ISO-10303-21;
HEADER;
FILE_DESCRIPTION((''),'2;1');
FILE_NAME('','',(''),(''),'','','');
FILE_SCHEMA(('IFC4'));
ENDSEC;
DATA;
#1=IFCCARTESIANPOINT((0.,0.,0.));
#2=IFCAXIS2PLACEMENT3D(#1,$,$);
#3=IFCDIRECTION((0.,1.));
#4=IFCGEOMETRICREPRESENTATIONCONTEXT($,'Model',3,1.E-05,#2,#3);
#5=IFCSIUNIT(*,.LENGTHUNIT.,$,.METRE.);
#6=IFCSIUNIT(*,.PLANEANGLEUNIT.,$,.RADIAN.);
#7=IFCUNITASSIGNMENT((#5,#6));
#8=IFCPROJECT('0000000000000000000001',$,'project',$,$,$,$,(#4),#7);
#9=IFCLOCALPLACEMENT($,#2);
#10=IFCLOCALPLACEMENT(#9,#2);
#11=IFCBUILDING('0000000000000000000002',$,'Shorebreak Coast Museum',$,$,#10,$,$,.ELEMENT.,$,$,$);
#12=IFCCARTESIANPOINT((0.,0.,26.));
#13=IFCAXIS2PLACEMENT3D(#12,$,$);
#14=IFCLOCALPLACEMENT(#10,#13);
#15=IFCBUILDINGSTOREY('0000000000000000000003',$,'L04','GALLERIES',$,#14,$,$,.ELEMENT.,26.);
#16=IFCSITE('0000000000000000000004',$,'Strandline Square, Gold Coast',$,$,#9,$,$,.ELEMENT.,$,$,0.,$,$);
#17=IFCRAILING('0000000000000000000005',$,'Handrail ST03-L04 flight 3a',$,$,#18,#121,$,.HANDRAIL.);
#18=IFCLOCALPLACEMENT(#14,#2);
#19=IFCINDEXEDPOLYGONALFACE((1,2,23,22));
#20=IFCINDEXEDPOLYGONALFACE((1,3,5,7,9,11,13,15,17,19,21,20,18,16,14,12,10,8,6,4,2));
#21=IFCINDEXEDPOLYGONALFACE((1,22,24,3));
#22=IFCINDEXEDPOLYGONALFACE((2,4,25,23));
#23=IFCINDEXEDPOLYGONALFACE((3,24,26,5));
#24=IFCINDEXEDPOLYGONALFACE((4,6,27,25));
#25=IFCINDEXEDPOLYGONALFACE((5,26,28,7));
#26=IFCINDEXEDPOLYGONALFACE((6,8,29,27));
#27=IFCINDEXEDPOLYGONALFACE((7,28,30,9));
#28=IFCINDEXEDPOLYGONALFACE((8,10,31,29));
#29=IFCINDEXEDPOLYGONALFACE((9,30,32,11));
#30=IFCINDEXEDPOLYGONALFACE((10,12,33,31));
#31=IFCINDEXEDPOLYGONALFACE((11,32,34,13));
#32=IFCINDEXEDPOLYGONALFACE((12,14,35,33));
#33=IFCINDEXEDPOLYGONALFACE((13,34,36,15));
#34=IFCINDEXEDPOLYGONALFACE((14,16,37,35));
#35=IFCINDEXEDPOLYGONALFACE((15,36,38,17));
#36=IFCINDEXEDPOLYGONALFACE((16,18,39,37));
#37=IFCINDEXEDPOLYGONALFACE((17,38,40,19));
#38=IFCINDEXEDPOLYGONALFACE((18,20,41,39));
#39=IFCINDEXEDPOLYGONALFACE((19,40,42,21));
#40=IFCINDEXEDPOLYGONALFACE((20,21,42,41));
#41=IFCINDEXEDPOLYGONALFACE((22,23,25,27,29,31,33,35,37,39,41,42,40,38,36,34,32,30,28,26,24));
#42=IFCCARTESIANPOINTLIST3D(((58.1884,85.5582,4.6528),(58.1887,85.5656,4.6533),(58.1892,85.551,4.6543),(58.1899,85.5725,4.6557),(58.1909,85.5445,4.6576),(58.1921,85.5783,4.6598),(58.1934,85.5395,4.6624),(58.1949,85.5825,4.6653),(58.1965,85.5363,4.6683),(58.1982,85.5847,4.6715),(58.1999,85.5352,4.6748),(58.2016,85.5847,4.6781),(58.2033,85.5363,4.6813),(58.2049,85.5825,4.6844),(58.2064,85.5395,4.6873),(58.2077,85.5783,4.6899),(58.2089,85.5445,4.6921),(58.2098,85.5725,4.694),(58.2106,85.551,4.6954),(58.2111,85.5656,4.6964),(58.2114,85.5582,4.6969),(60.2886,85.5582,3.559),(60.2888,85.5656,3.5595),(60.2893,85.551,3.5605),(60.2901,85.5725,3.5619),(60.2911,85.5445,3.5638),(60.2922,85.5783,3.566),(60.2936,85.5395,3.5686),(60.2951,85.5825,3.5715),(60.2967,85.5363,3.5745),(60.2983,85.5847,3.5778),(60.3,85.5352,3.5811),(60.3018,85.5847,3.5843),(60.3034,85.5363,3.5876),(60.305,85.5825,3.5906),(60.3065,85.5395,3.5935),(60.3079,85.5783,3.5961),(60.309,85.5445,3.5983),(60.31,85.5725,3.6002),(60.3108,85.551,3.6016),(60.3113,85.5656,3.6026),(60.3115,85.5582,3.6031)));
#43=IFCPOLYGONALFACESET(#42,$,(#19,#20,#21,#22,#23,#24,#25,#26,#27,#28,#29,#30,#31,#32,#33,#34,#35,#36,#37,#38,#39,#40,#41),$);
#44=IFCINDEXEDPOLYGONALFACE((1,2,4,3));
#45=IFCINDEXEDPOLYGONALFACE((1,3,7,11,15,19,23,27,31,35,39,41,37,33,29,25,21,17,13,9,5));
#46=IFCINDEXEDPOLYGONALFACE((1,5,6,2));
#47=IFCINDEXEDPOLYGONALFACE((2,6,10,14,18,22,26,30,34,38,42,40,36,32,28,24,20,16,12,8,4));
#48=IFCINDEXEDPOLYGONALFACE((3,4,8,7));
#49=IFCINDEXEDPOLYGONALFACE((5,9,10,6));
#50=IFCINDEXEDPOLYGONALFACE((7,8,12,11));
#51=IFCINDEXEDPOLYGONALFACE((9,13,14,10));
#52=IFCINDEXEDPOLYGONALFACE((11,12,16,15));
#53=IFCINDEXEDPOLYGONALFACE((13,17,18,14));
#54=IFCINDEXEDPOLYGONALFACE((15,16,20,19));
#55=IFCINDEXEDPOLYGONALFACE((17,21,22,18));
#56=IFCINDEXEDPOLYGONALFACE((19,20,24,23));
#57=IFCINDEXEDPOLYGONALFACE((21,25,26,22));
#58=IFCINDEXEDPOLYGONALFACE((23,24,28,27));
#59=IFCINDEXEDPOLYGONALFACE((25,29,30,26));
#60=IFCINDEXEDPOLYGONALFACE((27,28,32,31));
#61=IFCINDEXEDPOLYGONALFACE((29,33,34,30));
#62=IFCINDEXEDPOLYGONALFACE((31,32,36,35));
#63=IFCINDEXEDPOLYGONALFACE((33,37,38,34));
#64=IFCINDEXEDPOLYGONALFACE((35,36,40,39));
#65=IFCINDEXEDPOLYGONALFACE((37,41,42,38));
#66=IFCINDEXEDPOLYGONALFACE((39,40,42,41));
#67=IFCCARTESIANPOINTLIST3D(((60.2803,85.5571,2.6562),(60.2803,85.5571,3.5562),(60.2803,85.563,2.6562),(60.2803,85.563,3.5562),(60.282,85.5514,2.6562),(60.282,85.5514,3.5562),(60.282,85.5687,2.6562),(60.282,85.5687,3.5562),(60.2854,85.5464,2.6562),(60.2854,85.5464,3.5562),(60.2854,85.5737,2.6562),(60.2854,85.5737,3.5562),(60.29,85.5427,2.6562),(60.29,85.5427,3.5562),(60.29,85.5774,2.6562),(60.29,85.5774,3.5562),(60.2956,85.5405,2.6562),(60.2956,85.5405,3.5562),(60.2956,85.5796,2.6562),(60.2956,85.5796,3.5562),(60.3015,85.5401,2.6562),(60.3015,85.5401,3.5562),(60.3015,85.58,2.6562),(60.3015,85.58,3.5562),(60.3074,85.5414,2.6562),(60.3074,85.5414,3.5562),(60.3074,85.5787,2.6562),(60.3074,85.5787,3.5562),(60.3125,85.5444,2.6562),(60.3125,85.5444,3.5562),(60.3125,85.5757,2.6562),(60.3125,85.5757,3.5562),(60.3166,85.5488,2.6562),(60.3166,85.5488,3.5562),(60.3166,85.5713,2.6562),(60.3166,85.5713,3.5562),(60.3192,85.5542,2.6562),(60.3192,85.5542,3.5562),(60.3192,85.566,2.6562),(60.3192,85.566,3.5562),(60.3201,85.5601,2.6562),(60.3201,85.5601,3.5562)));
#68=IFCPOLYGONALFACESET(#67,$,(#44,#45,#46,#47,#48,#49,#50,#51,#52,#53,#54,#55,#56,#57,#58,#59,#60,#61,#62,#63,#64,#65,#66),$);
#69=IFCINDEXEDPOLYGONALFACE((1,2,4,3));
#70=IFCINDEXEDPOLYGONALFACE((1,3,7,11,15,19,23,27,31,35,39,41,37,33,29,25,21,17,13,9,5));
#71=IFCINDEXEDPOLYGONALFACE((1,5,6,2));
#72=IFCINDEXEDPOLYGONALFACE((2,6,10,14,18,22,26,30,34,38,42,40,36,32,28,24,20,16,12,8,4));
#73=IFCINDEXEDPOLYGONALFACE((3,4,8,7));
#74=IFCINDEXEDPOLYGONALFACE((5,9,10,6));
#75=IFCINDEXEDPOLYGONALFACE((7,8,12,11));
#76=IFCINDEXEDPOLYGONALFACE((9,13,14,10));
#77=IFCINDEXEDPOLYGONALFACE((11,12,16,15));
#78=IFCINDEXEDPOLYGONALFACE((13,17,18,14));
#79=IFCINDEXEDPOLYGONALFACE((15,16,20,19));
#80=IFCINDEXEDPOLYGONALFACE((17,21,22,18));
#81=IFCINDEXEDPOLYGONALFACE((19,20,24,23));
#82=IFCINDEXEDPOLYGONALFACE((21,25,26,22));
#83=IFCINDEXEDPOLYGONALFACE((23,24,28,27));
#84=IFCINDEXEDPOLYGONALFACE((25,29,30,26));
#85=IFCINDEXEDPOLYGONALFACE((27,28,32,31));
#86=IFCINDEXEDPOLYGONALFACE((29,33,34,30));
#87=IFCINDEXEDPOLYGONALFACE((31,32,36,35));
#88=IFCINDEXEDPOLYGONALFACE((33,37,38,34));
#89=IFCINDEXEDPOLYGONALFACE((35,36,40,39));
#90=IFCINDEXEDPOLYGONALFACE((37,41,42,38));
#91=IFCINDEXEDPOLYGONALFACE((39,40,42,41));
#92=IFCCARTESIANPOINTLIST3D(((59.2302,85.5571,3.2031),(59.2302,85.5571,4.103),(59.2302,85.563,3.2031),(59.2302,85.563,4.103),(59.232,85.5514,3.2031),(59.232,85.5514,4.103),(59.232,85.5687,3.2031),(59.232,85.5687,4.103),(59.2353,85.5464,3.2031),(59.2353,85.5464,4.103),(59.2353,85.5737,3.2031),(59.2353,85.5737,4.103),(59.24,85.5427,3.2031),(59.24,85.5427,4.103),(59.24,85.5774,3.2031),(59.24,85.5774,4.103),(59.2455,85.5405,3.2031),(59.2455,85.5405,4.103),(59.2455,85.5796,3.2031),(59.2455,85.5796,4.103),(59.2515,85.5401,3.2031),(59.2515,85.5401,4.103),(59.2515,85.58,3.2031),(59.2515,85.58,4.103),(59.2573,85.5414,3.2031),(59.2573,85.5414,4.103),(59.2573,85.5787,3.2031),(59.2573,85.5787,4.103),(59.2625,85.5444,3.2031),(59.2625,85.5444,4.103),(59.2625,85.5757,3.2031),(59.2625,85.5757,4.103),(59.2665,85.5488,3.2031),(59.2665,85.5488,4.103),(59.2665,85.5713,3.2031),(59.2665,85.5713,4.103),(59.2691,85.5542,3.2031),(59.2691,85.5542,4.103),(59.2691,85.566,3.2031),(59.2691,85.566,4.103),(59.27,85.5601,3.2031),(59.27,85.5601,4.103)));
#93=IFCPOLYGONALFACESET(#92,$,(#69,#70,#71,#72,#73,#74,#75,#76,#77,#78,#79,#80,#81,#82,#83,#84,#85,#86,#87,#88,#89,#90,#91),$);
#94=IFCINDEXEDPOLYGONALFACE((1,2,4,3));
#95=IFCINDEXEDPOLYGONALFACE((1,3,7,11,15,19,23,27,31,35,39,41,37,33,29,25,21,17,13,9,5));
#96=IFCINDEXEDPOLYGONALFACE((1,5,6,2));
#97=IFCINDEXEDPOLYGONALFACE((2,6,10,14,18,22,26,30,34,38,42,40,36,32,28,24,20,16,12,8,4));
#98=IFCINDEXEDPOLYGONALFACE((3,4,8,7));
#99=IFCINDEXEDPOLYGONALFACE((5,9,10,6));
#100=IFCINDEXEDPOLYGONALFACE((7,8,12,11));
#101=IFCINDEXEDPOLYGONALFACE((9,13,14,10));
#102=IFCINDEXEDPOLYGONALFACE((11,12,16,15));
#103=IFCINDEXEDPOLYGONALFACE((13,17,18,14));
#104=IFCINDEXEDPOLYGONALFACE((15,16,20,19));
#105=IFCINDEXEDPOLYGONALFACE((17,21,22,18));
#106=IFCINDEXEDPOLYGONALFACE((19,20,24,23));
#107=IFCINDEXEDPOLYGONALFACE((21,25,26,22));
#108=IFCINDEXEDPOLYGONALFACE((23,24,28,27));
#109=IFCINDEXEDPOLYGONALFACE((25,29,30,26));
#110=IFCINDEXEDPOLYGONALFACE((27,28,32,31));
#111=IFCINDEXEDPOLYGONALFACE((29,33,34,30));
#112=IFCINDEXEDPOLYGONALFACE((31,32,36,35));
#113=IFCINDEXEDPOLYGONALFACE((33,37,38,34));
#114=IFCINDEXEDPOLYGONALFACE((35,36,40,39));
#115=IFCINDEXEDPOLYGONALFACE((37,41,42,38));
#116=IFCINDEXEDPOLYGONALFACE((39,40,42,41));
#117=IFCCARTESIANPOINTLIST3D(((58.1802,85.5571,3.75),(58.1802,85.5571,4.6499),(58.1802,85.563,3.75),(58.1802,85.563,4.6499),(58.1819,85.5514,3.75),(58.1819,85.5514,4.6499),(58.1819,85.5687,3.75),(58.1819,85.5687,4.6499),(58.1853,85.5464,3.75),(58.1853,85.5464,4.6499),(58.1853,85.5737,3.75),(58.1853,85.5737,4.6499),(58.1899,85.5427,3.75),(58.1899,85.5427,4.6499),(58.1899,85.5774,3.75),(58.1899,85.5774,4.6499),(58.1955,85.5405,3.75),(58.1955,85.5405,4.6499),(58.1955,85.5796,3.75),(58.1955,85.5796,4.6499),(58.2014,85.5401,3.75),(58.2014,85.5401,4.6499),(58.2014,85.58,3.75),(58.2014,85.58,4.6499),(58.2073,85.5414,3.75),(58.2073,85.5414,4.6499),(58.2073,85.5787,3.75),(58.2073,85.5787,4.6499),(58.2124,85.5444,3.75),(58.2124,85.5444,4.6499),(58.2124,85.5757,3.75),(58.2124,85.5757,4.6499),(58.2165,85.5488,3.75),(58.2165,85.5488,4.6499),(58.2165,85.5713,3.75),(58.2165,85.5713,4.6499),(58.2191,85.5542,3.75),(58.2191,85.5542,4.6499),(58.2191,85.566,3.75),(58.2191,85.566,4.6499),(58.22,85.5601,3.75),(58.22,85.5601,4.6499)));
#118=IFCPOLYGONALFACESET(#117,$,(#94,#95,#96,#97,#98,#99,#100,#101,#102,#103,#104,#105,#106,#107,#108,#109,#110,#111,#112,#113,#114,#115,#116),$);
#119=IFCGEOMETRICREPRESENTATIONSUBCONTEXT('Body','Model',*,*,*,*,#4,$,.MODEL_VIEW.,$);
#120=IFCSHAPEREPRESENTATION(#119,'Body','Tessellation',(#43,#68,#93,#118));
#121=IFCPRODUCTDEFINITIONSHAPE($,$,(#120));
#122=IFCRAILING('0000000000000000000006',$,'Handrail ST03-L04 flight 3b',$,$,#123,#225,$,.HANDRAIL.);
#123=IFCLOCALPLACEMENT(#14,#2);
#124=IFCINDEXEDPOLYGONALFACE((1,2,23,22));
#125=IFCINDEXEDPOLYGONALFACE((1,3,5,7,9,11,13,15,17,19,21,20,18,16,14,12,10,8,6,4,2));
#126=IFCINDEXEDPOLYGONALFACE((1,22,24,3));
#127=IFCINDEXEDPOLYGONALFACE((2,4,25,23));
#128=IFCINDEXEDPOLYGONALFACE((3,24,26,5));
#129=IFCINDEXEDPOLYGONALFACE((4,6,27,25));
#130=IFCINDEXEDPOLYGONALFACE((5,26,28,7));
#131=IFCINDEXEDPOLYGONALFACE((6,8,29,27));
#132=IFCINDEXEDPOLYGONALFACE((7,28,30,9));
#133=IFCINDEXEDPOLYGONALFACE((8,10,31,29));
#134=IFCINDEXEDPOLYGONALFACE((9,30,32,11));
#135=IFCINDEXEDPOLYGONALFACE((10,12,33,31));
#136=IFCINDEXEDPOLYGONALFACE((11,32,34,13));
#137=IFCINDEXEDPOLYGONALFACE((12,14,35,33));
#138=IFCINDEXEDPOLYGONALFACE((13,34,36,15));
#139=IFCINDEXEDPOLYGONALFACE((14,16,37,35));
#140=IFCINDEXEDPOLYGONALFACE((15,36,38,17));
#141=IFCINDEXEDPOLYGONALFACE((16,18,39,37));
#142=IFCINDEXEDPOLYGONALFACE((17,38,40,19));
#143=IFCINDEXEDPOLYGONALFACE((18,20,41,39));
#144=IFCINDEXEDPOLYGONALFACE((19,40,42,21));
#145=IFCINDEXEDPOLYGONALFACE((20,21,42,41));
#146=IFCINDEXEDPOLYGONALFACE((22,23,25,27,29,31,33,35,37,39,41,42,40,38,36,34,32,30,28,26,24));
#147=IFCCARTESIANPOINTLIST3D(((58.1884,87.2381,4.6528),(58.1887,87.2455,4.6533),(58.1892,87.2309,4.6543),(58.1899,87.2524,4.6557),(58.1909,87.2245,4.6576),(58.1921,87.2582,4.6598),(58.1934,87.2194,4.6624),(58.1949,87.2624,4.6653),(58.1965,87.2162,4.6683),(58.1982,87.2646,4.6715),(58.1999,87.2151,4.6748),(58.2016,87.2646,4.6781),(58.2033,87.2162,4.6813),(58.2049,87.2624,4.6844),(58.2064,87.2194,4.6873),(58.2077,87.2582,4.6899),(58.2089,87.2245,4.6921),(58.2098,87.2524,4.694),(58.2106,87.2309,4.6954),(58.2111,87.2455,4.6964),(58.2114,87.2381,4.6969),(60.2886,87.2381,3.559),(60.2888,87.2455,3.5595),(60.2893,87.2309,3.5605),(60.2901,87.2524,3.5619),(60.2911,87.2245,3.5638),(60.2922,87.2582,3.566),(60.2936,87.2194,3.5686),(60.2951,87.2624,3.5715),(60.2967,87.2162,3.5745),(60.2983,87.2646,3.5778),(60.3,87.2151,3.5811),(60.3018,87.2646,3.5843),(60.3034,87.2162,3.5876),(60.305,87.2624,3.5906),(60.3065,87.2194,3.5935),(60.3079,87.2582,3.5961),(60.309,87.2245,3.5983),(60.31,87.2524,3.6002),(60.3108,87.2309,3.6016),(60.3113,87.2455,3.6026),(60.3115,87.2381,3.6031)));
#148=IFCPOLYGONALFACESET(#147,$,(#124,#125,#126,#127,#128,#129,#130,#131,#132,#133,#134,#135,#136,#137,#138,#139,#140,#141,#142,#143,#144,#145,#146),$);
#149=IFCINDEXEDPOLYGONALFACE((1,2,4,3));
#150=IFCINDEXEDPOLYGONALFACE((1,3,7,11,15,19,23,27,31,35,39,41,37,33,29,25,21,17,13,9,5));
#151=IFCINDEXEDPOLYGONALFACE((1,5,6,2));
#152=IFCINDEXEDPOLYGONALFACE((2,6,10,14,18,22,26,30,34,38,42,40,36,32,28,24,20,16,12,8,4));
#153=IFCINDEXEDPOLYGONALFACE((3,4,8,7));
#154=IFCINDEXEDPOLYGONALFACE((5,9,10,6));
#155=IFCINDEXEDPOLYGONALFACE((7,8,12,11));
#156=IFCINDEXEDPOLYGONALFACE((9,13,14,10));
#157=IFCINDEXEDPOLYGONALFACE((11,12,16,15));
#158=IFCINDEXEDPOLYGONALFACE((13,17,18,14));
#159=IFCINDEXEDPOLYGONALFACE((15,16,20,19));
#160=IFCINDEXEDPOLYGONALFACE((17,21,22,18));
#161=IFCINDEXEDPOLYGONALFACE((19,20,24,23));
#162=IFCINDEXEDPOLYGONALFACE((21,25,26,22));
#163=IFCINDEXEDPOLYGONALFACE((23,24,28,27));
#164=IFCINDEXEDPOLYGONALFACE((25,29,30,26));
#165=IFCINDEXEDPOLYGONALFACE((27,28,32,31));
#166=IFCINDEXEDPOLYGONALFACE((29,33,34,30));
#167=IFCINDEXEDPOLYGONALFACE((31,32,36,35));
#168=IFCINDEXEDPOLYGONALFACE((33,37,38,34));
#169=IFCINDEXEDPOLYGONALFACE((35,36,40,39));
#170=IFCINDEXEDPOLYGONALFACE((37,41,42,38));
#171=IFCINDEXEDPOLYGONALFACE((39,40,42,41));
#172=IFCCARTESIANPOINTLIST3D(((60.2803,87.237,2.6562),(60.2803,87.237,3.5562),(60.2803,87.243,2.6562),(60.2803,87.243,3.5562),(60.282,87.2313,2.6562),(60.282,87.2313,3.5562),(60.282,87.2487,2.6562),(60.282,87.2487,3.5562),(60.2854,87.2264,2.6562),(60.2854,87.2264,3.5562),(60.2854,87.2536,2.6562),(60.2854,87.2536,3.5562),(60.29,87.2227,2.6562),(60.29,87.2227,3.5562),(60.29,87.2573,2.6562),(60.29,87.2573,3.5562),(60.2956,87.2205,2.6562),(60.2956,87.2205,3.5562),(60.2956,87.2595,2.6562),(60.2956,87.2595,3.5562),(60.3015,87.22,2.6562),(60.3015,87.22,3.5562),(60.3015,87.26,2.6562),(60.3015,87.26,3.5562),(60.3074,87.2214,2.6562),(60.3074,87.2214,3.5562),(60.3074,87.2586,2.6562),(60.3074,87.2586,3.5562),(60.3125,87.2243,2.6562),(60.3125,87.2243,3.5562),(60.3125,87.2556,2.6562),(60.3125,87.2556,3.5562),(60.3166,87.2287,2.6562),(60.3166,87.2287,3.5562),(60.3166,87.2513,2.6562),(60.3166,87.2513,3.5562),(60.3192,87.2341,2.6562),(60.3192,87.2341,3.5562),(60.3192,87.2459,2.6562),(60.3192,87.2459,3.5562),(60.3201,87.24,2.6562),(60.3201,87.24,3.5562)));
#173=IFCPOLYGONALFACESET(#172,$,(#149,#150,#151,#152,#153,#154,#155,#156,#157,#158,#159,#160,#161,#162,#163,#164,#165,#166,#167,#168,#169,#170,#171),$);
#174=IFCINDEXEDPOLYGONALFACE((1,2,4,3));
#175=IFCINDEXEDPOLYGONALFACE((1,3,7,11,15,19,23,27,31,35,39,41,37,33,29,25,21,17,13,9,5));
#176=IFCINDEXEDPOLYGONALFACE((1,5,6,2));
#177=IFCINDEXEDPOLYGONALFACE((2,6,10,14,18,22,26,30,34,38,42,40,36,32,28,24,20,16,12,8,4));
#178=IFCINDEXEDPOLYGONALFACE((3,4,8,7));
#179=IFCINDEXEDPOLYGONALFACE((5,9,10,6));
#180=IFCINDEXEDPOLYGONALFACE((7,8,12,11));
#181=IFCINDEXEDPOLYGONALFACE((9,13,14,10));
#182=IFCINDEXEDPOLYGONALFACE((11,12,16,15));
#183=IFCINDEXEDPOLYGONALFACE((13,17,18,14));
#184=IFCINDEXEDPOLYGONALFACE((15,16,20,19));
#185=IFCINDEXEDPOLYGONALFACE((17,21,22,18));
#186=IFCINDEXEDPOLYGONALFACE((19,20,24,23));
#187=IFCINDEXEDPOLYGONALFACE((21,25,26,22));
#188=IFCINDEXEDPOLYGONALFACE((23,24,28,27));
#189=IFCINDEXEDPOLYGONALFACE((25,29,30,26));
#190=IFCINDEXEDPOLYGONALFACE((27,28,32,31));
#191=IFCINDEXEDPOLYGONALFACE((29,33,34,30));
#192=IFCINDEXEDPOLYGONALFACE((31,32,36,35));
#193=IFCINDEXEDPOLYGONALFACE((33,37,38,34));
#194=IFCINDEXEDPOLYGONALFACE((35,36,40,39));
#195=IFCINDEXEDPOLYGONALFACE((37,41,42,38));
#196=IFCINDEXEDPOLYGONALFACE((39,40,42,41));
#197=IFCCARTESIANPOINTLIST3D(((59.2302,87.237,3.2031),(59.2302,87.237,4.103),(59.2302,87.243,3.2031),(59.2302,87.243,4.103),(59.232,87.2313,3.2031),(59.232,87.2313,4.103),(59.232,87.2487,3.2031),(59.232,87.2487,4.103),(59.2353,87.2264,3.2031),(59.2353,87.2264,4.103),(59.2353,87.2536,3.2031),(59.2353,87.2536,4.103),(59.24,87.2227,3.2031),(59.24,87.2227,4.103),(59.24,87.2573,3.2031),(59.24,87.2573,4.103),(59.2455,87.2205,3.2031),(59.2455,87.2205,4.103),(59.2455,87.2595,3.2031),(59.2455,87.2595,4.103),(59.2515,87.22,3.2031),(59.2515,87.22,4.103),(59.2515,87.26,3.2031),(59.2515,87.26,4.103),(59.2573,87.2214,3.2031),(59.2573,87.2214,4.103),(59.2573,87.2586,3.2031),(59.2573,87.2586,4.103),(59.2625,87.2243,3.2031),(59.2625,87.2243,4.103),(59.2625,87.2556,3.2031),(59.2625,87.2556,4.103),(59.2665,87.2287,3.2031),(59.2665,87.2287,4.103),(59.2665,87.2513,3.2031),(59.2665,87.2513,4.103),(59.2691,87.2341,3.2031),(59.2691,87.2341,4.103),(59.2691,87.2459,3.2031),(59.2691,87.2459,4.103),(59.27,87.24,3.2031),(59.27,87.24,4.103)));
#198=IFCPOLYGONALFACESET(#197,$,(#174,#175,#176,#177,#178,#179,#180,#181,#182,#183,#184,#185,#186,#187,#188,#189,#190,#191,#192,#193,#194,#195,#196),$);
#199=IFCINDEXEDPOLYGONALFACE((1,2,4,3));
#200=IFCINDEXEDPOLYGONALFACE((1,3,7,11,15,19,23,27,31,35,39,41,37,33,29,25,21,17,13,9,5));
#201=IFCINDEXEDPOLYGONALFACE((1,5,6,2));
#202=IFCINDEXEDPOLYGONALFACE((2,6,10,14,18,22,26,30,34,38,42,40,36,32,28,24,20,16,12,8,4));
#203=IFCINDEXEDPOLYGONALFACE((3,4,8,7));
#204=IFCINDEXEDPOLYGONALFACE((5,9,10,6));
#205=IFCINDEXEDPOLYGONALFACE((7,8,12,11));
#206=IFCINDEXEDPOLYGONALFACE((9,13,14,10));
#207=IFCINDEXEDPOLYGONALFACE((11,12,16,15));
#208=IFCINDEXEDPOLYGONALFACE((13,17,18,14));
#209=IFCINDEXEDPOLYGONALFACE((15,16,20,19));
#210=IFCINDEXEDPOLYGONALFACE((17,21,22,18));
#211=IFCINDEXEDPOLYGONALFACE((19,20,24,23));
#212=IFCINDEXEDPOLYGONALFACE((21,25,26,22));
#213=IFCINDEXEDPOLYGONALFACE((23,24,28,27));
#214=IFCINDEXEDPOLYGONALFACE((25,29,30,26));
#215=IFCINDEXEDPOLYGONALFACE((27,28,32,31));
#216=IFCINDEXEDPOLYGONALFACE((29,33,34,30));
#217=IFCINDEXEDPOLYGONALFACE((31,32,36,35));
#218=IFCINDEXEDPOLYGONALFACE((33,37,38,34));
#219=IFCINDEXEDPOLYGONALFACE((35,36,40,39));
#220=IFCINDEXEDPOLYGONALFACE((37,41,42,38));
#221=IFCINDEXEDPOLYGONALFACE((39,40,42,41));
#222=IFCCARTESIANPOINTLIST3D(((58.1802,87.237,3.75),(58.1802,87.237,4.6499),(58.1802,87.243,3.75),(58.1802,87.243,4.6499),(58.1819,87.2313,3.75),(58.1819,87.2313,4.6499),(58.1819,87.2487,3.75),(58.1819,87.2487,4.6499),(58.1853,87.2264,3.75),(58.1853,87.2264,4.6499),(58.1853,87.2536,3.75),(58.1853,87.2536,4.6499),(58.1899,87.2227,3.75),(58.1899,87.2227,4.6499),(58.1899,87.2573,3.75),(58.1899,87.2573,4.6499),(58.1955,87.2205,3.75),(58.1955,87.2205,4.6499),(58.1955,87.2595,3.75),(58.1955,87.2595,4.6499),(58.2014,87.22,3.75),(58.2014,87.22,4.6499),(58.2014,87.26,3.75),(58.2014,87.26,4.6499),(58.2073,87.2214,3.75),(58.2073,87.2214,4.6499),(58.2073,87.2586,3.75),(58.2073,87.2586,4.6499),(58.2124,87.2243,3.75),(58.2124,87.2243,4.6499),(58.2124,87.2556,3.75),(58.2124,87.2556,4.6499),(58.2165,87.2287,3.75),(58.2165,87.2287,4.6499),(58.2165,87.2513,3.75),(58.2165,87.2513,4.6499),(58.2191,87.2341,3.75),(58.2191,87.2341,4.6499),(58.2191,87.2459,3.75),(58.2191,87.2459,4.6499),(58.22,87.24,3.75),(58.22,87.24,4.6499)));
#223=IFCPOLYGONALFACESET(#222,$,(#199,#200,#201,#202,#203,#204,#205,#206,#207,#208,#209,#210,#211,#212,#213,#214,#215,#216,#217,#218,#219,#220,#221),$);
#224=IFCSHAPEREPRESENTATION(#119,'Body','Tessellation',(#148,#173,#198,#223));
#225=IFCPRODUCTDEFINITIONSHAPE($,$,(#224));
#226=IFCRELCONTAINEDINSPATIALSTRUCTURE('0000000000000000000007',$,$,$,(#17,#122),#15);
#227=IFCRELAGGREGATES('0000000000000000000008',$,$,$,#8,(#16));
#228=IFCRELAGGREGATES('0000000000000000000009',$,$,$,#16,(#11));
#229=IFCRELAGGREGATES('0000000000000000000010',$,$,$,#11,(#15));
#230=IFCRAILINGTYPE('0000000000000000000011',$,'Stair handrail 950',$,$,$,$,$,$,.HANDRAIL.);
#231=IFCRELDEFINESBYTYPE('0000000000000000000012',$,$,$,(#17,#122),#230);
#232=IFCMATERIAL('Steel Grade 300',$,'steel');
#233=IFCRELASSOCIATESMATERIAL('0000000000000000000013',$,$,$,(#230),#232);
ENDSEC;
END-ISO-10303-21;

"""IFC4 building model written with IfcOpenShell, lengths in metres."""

from ifc_helpers import new_model, si_unit, direction, frame, origin, origin_2d, place, context, subcontext, project, spatial, circle, extrude, material, type_object, element, save


model = new_model("IFC4")

# Units and contexts
model_context = context("Model", 3, precision=1e-05, world=origin(), true_north=direction((0.0, 1.0)))
body_context = subcontext(model_context, "Body", "Model", "MODEL_VIEW")
ifc_project = project(units=[si_unit("LENGTHUNIT", "METRE"), si_unit("PLANEANGLEUNIT", "RADIAN")], contexts=[model_context])

# Site, building, storey
site_placement = place(None, origin())
site = spatial("IfcSite", under=ifc_project, at=site_placement, Name="Strandline Square, Gold Coast", CompositionType="ELEMENT", RefElevation=0.0)
building_placement = place(site_placement, origin())
building = spatial("IfcBuilding", under=site, at=building_placement, Name="Shorebreak Coast Museum", CompositionType="ELEMENT")
storey_placement = place(building_placement, frame((0.0, 0.0, 26.0)))
storey = spatial("IfcBuildingStorey", under=building, at=storey_placement, Name="L04", Description="GALLERIES", CompositionType="ELEMENT", Elevation=26.0)

# Railings
ifc_material_1 = material(Name="Steel Grade 300", Category="steel")
railing_type_1 = type_object("IfcRailingType", Name="Stair handrail 950", PredefinedType="HANDRAIL", material=ifc_material_1)
for number, where, name in (
    (1, (60.3, 85.5601, 2.6562), "Handrail ST03-L04 flight 3a"),
    (2, (60.3, 87.24, 2.6562), "Handrail ST03-L04 flight 3b"),
):
    element("IfcRailing", number, at=place(storey_placement, frame(where)), inside=storey, type_object=railing_type_1, Name=name, PredefinedType="HANDRAIL", context=body_context, shape_type="SweptSolid", body=[
        extrude(circle(Radius=0.0249, at=origin_2d()), frame((0.0, 0.0, 0.9248), z_axis=(-0.886923, 0.0, 0.461918), x_axis=(0.0, -1.0, 0.0)), (0.0, 0.0, 1.0), 2.3679),
        extrude(circle(Radius=0.02, at=origin_2d()), origin(), (0.0, 0.0, 1.0), 0.8999),
        extrude(circle(Radius=0.02, at=origin_2d()), frame((-1.05, 0.0, 0.5469)), (0.0, 0.0, 1.0), 0.8999),
        extrude(circle(Radius=0.02, at=origin_2d()), frame((-2.1001, 0.0, 1.0938)), (0.0, 0.0, 1.0), 0.8999),
    ])

save(model, "model.ifc")
